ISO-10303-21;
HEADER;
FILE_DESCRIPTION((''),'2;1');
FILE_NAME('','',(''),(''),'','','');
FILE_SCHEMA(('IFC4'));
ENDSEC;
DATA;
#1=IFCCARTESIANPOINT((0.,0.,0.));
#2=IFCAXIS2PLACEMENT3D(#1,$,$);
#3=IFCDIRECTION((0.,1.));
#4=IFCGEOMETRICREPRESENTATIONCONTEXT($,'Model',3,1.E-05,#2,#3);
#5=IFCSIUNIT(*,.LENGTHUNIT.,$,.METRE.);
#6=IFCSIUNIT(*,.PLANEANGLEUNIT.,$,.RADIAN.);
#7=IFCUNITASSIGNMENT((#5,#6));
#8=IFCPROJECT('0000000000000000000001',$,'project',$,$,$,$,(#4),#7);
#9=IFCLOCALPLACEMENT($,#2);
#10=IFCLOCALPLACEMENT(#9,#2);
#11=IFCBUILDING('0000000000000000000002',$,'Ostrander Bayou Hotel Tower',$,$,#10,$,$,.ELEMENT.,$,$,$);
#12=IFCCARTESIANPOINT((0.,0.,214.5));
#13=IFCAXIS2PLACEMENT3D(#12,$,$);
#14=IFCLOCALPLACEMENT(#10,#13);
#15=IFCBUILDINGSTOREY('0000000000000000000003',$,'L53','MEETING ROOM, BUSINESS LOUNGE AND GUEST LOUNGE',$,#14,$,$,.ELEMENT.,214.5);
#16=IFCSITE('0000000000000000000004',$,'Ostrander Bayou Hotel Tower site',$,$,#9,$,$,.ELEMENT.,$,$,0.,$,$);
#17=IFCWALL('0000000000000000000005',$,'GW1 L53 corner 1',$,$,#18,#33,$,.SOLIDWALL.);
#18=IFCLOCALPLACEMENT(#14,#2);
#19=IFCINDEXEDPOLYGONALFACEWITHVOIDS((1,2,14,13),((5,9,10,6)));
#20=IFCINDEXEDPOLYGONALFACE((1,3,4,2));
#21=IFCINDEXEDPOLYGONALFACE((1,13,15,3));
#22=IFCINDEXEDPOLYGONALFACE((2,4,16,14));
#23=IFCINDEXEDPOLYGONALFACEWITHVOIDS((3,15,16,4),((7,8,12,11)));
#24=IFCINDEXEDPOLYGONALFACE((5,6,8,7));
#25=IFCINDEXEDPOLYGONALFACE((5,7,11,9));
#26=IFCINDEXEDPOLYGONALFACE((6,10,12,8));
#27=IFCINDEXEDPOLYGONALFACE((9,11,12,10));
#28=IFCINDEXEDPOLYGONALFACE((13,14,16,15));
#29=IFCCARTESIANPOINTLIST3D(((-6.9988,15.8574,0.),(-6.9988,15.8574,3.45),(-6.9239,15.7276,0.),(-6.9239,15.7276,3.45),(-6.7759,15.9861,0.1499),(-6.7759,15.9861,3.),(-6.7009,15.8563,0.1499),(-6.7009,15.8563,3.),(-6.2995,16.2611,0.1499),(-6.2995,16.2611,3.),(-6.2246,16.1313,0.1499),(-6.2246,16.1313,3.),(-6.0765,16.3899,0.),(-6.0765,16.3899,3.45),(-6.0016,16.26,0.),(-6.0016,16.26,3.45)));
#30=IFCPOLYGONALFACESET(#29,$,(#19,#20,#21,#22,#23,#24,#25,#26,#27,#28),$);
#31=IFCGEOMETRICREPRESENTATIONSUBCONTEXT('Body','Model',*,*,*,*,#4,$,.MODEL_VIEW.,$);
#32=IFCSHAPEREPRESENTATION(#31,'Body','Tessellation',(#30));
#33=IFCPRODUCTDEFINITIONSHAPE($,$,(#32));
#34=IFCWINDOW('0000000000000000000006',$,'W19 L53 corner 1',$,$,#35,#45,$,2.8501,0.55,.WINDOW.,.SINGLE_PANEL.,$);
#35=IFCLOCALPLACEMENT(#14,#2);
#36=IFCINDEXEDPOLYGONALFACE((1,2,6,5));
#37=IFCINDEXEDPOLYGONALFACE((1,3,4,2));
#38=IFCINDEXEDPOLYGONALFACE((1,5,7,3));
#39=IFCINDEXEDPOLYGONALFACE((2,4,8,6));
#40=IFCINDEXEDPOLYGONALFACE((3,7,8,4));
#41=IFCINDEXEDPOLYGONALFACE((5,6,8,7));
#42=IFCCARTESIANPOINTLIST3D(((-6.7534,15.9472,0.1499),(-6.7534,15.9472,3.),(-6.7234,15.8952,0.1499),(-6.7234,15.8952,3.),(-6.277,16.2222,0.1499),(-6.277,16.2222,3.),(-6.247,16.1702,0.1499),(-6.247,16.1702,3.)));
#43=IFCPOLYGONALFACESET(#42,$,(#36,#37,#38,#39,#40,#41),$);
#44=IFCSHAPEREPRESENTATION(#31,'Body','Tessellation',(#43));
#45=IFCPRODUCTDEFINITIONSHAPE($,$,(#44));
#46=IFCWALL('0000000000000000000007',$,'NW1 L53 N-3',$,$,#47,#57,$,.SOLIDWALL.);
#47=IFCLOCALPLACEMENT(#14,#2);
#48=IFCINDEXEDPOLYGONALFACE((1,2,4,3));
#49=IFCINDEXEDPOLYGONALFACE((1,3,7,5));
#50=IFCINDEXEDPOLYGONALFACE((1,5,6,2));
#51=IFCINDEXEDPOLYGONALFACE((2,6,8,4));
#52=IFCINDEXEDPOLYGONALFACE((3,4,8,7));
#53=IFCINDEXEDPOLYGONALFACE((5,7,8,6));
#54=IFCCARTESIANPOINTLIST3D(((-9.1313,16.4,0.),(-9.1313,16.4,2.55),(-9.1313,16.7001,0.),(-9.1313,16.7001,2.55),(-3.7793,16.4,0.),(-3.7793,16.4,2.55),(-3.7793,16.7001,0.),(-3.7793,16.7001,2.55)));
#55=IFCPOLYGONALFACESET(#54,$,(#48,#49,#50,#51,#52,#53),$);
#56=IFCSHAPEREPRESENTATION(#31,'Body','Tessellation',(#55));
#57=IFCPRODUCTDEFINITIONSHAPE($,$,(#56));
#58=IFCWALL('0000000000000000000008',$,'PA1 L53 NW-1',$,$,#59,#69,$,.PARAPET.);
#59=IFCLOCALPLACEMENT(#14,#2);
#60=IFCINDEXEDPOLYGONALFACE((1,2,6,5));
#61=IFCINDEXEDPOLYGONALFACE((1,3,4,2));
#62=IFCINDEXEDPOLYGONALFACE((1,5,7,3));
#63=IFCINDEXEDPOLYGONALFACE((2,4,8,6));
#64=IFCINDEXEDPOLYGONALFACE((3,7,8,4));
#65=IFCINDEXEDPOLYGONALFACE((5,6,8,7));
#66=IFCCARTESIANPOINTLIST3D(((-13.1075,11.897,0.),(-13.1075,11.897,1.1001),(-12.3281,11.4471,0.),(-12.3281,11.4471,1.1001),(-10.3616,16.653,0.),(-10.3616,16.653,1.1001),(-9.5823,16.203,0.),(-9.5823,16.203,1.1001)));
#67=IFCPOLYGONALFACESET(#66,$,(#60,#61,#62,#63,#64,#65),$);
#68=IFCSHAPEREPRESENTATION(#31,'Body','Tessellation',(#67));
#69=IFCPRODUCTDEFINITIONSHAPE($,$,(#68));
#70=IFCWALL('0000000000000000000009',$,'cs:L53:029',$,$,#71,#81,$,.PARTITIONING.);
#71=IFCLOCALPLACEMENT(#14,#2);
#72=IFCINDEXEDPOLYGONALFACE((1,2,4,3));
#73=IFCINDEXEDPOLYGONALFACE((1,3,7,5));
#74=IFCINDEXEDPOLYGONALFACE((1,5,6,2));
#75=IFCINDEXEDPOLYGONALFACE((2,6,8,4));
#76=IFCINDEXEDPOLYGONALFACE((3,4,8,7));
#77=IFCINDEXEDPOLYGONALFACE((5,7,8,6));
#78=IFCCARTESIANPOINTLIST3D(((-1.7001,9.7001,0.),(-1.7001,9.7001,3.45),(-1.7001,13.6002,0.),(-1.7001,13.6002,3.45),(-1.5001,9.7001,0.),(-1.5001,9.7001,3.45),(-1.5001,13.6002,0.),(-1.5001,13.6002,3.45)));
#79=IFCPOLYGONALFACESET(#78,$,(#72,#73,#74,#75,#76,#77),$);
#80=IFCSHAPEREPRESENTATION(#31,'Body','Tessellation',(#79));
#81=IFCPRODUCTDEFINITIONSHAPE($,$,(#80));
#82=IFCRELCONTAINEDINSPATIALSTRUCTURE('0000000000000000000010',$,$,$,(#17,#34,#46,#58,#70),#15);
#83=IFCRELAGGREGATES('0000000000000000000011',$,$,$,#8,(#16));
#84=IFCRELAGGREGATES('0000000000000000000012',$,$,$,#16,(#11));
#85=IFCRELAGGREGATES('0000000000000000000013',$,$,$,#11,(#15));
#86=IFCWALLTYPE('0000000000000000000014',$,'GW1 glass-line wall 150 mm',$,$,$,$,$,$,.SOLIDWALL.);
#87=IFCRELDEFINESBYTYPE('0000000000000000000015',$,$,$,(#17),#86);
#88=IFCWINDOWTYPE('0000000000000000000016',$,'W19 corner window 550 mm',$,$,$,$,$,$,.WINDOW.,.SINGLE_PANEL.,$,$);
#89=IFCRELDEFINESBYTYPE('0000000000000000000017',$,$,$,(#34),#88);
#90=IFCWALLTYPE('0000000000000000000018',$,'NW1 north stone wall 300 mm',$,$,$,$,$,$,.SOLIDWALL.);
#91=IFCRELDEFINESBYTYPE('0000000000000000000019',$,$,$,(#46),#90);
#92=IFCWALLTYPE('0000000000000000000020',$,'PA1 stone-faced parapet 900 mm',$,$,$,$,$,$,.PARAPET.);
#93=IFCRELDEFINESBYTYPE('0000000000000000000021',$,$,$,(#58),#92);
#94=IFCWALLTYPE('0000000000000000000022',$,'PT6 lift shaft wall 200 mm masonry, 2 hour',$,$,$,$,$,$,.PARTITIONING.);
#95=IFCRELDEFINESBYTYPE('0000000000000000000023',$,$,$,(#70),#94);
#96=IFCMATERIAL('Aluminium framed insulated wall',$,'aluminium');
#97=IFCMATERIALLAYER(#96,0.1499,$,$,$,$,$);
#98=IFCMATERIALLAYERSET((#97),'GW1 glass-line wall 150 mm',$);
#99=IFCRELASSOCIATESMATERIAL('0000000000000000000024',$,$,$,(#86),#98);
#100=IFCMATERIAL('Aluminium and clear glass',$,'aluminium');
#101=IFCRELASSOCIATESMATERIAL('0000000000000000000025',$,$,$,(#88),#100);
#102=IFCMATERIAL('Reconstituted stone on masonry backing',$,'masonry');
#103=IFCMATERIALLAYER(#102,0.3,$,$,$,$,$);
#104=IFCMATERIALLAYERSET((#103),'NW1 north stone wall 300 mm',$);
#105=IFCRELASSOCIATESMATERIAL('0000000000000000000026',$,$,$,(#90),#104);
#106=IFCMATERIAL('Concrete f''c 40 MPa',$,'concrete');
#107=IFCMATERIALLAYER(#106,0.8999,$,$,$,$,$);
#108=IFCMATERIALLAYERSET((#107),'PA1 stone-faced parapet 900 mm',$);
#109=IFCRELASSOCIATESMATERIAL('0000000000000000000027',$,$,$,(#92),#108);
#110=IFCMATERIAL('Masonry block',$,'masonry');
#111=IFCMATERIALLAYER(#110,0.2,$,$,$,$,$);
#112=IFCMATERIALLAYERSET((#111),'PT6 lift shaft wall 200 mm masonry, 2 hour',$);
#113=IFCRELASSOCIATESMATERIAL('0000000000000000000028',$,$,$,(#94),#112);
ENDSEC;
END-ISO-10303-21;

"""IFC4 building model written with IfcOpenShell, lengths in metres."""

from ifc_helpers import new_model, si_unit, direction, frame, frame_2d, origin, place, context, subcontext, project, spatial, rectangle, extrude, material, layer, layer_set, type_object, element, fill, save


model = new_model("IFC4")

# Units and contexts
model_context = context("Model", 3, precision=1e-05, world=origin(), true_north=direction((0.0, 1.0)))
body_context = subcontext(model_context, "Body", "Model", "MODEL_VIEW")
ifc_project = project(units=[si_unit("LENGTHUNIT", "METRE"), si_unit("PLANEANGLEUNIT", "RADIAN")], contexts=[model_context])

# Site, building, storey
site_placement = place(None, origin())
site = spatial("IfcSite", under=ifc_project, at=site_placement, Name="Ostrander Bayou Hotel Tower site", CompositionType="ELEMENT", RefElevation=0.0)
building_placement = place(site_placement, origin())
building = spatial("IfcBuilding", under=site, at=building_placement, Name="Ostrander Bayou Hotel Tower", CompositionType="ELEMENT")
storey_placement = place(building_placement, frame((0.0, 0.0, 214.5)))
storey = spatial("IfcBuildingStorey", under=building, at=storey_placement, Name="L53", Description="MEETING ROOM, BUSINESS LOUNGE AND GUEST LOUNGE", CompositionType="ELEMENT", Elevation=214.5)

# Shared definitions
ifc_material_1 = material(Name="Aluminium framed insulated wall", Category="aluminium")
ifc_layer_1 = layer(ifc_material_1, 0.1499)
ifc_layer_set_1 = layer_set([ifc_layer_1], Name="GW1 glass-line wall 150 mm")
wall_type_1 = type_object("IfcWallType", Name="GW1 glass-line wall 150 mm", PredefinedType="SOLIDWALL", material=ifc_layer_set_1)

# Wall, opening, window
wall_1_placement = place(storey_placement, frame((-6.0391, 16.325, 0.0), z_axis=(0.0, 0.0, 1.0), x_axis=(-0.866048, -0.499961, 0.0)))
wall_1 = element("IfcWall", 1, at=wall_1_placement, inside=storey, type_object=wall_type_1, Name="GW1 L53 corner 1", PredefinedType="SOLIDWALL", context=body_context, shape_type="SweptSolid", body=[
    extrude(rectangle(XDim=1.0649, YDim=0.1499, at=frame_2d((0.5325, 0.0))), origin(), (0.0, 0.0, 1.0), 3.45),
])
opening_1_placement = place(wall_1_placement, frame((0.2576, 0.0, 0.1499)))
opening_1 = element("IfcOpeningElement", 2, at=opening_1_placement, cuts=wall_1, PredefinedType="OPENING", context=body_context, shape_type="SweptSolid", body=[
    extrude(rectangle(XDim=0.55, YDim=2.8501, at=frame_2d((0.2749, 1.425))), frame((0.0, 0.075, 0.0), z_axis=(0.0, -1.0, 0.0), x_axis=(1.0, 0.0, 0.0)), (0.0, 0.0, 1.0), 0.1499),
])
ifc_material_2 = material(Name="Aluminium and clear glass", Category="aluminium")
window_type_1 = type_object("IfcWindowType", Name="W19 corner window 550 mm", PartitioningType="SINGLE_PANEL", PredefinedType="WINDOW", material=ifc_material_2)
window_1_placement = place(opening_1_placement, origin())
window_1 = element("IfcWindow", 3, at=window_1_placement, inside=storey, type_object=window_type_1, Name="W19 L53 corner 1", OverallHeight=2.8501, OverallWidth=0.55, PartitioningType="SINGLE_PANEL", PredefinedType="WINDOW", context=body_context, shape_type="SweptSolid", body=[
    extrude(rectangle(XDim=0.55, YDim=2.8501, at=frame_2d((0.2749, 1.425))), frame((0.0, 0.03, 0.0), z_axis=(0.0, -1.0, 0.0), x_axis=(1.0, 0.0, 0.0)), (0.0, 0.0, 1.0), 0.0601),
])
fill(opening_1, window_1)

# Walls
ifc_material_3 = material(Name="Reconstituted stone on masonry backing", Category="masonry")
ifc_layer_2 = layer(ifc_material_3, 0.3)
ifc_layer_set_2 = layer_set([ifc_layer_2], Name="NW1 north stone wall 300 mm")
wall_type_2 = type_object("IfcWallType", Name="NW1 north stone wall 300 mm", PredefinedType="SOLIDWALL", material=ifc_layer_set_2)
wall_2_placement = place(storey_placement, frame((-3.7793, 16.55, 0.0), z_axis=(0.0, 0.0, 1.0), x_axis=(-1.0, 0.0, 0.0)))
element("IfcWall", 4, at=wall_2_placement, inside=storey, type_object=wall_type_2, Name="NW1 L53 N-3", PredefinedType="SOLIDWALL", context=body_context, shape_type="SweptSolid", body=[
    extrude(rectangle(XDim=5.3521, YDim=0.3, at=frame_2d((2.676, 0.0))), origin(), (0.0, 0.0, 1.0), 2.55),
])
ifc_material_4 = material(Name="Concrete f'c 40 MPa", Category="concrete")
ifc_layer_3 = layer(ifc_material_4, 0.8999)
ifc_layer_set_3 = layer_set([ifc_layer_3], Name="PA1 stone-faced parapet 900 mm")
wall_type_3 = type_object("IfcWallType", Name="PA1 stone-faced parapet 900 mm", PredefinedType="PARAPET", material=ifc_layer_set_3)
wall_3_placement = place(storey_placement, frame((-9.9719, 16.428, 0.0), z_axis=(0.0, 0.0, 1.0), x_axis=(-0.500007, -0.866021, 0.0)))
element("IfcWall", 5, at=wall_3_placement, inside=storey, type_object=wall_type_3, Name="PA1 L53 NW-1", PredefinedType="PARAPET", context=body_context, shape_type="SweptSolid", body=[
    extrude(rectangle(XDim=5.4917, YDim=0.8999, at=frame_2d((2.7458, 0.0))), origin(), (0.0, 0.0, 1.0), 1.1001),
])

# Wall
ifc_material_5 = material(Name="Masonry block", Category="masonry")
ifc_layer_4 = layer(ifc_material_5, 0.2)
ifc_layer_set_4 = layer_set([ifc_layer_4], Name="PT6 lift shaft wall 200 mm masonry, 2 hour")
wall_type_4 = type_object("IfcWallType", Name="PT6 lift shaft wall 200 mm masonry, 2 hour", PredefinedType="PARTITIONING", material=ifc_layer_set_4)
wall_4_placement = place(storey_placement, frame((-1.6001, 9.7, 0.0), z_axis=(0.0, 0.0, 1.0), x_axis=(0.0, 1.0, 0.0)))
element("IfcWall", 6, at=wall_4_placement, inside=storey, type_object=wall_type_4, Name="cs:L53:029", PredefinedType="PARTITIONING", context=body_context, shape_type="SweptSolid", body=[
    extrude(rectangle(XDim=3.9001, YDim=0.2, at=frame_2d((1.9502, 0.0))), origin(), (0.0, 0.0, 1.0), 3.45),
])

save(model, "model.ifc")
